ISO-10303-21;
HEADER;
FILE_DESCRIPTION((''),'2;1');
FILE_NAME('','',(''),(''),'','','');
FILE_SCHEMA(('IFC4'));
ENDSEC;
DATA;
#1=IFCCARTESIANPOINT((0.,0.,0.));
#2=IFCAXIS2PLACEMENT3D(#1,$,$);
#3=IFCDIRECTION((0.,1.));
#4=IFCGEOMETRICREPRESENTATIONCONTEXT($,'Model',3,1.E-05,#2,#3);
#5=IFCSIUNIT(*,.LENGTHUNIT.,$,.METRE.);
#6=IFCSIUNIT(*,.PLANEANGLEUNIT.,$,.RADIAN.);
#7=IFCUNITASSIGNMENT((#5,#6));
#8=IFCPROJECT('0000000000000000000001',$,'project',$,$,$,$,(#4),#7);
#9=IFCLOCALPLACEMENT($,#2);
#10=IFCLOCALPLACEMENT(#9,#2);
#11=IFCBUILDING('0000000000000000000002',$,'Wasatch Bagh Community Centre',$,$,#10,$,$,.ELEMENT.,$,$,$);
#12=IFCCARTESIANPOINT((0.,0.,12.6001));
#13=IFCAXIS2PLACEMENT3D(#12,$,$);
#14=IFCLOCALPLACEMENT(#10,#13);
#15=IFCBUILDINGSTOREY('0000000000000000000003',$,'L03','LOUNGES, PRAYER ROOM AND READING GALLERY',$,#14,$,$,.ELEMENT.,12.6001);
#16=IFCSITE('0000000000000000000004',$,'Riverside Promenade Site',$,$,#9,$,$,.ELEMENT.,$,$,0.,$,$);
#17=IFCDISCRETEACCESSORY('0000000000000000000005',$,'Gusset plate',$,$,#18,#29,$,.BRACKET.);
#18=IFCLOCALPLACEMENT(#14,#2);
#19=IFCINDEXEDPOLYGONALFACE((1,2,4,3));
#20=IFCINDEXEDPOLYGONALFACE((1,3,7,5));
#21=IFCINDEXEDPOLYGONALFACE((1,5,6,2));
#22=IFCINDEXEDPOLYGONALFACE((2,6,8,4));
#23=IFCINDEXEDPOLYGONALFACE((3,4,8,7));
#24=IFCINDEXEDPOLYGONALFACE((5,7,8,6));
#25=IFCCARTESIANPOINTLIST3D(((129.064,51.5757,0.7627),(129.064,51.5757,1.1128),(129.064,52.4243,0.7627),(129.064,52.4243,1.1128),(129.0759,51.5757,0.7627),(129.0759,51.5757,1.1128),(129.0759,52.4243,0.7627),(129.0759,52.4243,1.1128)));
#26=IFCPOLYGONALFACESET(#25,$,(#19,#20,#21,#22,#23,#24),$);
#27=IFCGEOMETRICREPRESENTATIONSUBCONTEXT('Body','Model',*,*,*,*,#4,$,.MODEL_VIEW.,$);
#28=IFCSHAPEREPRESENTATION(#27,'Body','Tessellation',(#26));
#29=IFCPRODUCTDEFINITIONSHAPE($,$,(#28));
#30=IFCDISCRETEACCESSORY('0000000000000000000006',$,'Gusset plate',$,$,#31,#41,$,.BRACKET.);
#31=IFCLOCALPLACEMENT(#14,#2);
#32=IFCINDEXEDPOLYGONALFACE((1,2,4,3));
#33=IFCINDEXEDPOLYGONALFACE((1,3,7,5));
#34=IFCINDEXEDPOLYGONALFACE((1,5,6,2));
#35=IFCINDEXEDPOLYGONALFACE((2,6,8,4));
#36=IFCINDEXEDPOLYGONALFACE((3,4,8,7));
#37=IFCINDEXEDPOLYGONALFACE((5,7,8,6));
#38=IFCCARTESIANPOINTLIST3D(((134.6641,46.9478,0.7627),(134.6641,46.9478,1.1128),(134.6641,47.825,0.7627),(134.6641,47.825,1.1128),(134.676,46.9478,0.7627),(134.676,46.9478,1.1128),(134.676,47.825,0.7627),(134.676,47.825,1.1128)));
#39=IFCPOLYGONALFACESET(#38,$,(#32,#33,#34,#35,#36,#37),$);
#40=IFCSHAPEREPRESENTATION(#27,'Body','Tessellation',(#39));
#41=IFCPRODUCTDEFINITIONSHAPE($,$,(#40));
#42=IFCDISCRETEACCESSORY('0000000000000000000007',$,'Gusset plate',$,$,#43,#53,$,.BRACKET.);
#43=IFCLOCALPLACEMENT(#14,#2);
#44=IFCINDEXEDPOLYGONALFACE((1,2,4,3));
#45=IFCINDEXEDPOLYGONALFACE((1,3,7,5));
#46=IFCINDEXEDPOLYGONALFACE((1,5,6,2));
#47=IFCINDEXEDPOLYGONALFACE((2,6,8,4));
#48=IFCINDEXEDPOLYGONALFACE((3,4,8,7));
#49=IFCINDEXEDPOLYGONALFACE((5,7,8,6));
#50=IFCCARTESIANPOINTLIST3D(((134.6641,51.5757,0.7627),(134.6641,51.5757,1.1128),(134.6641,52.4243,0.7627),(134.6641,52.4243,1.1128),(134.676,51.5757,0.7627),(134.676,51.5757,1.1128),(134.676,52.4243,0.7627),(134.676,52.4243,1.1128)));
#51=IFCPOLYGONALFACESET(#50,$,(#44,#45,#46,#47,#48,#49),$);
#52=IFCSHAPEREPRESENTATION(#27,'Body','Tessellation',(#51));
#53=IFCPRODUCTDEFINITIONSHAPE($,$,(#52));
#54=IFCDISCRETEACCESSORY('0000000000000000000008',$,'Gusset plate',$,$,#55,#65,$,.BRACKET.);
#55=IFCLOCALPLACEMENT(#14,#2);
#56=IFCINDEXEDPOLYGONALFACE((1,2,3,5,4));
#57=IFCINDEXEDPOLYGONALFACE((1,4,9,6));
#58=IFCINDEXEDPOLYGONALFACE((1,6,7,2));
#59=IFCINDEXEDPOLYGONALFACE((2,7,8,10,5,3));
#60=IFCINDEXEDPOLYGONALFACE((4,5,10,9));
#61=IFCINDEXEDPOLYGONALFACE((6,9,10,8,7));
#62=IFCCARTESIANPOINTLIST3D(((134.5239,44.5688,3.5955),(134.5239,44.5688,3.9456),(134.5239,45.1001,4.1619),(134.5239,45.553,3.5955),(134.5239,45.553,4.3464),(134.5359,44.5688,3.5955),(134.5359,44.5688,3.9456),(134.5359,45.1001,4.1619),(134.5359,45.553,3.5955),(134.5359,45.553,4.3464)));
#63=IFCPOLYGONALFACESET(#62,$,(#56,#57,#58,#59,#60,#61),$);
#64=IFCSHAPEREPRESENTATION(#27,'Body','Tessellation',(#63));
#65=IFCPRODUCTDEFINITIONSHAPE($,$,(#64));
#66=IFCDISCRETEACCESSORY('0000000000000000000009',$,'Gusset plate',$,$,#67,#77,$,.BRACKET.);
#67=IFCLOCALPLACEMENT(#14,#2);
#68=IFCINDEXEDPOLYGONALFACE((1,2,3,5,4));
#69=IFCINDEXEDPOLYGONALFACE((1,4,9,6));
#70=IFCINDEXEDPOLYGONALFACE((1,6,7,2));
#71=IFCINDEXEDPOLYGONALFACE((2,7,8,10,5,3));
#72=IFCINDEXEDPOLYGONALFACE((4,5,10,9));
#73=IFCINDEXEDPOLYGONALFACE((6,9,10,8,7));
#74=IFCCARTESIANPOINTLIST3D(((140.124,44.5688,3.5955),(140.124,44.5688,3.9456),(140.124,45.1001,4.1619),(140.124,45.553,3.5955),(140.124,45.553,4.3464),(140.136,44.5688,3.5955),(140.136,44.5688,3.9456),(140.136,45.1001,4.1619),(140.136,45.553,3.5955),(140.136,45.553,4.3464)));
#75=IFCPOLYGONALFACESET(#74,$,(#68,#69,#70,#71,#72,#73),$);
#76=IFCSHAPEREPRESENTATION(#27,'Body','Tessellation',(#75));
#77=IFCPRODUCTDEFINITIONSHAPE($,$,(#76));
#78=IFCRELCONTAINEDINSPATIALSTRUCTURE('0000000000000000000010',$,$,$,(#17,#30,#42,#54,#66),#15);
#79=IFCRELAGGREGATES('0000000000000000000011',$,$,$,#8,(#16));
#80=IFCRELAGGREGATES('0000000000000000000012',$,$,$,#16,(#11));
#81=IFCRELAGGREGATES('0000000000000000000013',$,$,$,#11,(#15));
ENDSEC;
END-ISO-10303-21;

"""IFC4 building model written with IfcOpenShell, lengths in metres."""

from ifc_helpers import new_model, si_unit, direction, frame, origin, place, context, subcontext, project, spatial, polyline, outline, extrude, element, save


model = new_model("IFC4")

# Units and contexts
model_context = context("Model", 3, precision=1e-05, world=origin(), true_north=direction((0.0, 1.0)))
body_context = subcontext(model_context, "Body", "Model", "MODEL_VIEW")
ifc_project = project(units=[si_unit("LENGTHUNIT", "METRE"), si_unit("PLANEANGLEUNIT", "RADIAN")], contexts=[model_context])

# Site, building, storey
site_placement = place(None, origin())
site = spatial("IfcSite", under=ifc_project, at=site_placement, Name="Riverside Promenade Site", CompositionType="ELEMENT", RefElevation=0.0)
building_placement = place(site_placement, origin())
building = spatial("IfcBuilding", under=site, at=building_placement, Name="Wasatch Bagh Community Centre", CompositionType="ELEMENT")
storey_placement = place(building_placement, frame((0.0, 0.0, 12.6001)))
storey = spatial("IfcBuildingStorey", under=building, at=storey_placement, Name="L03", Description="LOUNGES, PRAYER ROOM AND READING GALLERY", CompositionType="ELEMENT", Elevation=12.6001)

# Discrete accessories
discrete_accessory_1_placement = place(storey_placement, frame((129.0759, 51.5757, 0.7627), z_axis=(1.0, 0.0, 0.0), x_axis=(0.0, 1.0, 0.0)))
element("IfcDiscreteAccessory", 1, at=discrete_accessory_1_placement, inside=storey, Name="Gusset plate", PredefinedType="BRACKET", context=body_context, shape_type="SweptSolid", body=[
    extrude(outline(polyline([(0.0, 0.0), (0.8486, 0.0), (0.8486, 0.3501), (0.0, 0.3501), (0.0, 0.0)])), origin(), (0.0, 0.0, -1.0), 0.012),
])
discrete_accessory_2_placement = place(storey_placement, frame((134.676, 46.9478, 0.7627), z_axis=(1.0, 0.0, 0.0), x_axis=(0.0, 1.0, 0.0)))
element("IfcDiscreteAccessory", 2, at=discrete_accessory_2_placement, inside=storey, Name="Gusset plate", PredefinedType="BRACKET", context=body_context, shape_type="SweptSolid", body=[
    extrude(outline(polyline([(0.0, 0.0), (0.8772, 0.0), (0.8772, 0.3501), (0.0, 0.3501), (0.0, 0.0)])), origin(), (0.0, 0.0, -1.0), 0.012),
])
discrete_accessory_3_placement = place(storey_placement, frame((134.676, 51.5757, 0.7627), z_axis=(1.0, 0.0, 0.0), x_axis=(0.0, 1.0, 0.0)))
element("IfcDiscreteAccessory", 3, at=discrete_accessory_3_placement, inside=storey, Name="Gusset plate", PredefinedType="BRACKET", context=body_context, shape_type="SweptSolid", body=[
    extrude(outline(polyline([(0.0, 0.0), (0.8486, 0.0), (0.8486, 0.3501), (0.0, 0.3501), (0.0, 0.0)])), origin(), (0.0, 0.0, -1.0), 0.012),
])
for number, where, z_axis, x_axis, name in (
    (4, (134.5239, 44.5688, 3.9456), (-1.0, 0.0, 0.0), (0.0, 0.926169, 0.377108), "Gusset plate"),
    (5, (140.124, 44.5688, 3.9456), (-1.0, 0.0, 0.0), (0.0, 0.926169, 0.377108), "Gusset plate"),
):
    element("IfcDiscreteAccessory", number, at=place(storey_placement, frame(where, z_axis=z_axis, x_axis=x_axis)), inside=storey, Name=name, PredefinedType="BRACKET", context=body_context, shape_type="SweptSolid", body=[
        extrude(outline(polyline([(0.0, 0.0), (0.5736, 0.0), (1.0626, -0.0002), (0.7794, 0.6954), (-0.132, 0.3242), (0.0, 0.0)])), origin(), (0.0, 0.0, -1.0), 0.012),
    ])

save(model, "model.ifc")
